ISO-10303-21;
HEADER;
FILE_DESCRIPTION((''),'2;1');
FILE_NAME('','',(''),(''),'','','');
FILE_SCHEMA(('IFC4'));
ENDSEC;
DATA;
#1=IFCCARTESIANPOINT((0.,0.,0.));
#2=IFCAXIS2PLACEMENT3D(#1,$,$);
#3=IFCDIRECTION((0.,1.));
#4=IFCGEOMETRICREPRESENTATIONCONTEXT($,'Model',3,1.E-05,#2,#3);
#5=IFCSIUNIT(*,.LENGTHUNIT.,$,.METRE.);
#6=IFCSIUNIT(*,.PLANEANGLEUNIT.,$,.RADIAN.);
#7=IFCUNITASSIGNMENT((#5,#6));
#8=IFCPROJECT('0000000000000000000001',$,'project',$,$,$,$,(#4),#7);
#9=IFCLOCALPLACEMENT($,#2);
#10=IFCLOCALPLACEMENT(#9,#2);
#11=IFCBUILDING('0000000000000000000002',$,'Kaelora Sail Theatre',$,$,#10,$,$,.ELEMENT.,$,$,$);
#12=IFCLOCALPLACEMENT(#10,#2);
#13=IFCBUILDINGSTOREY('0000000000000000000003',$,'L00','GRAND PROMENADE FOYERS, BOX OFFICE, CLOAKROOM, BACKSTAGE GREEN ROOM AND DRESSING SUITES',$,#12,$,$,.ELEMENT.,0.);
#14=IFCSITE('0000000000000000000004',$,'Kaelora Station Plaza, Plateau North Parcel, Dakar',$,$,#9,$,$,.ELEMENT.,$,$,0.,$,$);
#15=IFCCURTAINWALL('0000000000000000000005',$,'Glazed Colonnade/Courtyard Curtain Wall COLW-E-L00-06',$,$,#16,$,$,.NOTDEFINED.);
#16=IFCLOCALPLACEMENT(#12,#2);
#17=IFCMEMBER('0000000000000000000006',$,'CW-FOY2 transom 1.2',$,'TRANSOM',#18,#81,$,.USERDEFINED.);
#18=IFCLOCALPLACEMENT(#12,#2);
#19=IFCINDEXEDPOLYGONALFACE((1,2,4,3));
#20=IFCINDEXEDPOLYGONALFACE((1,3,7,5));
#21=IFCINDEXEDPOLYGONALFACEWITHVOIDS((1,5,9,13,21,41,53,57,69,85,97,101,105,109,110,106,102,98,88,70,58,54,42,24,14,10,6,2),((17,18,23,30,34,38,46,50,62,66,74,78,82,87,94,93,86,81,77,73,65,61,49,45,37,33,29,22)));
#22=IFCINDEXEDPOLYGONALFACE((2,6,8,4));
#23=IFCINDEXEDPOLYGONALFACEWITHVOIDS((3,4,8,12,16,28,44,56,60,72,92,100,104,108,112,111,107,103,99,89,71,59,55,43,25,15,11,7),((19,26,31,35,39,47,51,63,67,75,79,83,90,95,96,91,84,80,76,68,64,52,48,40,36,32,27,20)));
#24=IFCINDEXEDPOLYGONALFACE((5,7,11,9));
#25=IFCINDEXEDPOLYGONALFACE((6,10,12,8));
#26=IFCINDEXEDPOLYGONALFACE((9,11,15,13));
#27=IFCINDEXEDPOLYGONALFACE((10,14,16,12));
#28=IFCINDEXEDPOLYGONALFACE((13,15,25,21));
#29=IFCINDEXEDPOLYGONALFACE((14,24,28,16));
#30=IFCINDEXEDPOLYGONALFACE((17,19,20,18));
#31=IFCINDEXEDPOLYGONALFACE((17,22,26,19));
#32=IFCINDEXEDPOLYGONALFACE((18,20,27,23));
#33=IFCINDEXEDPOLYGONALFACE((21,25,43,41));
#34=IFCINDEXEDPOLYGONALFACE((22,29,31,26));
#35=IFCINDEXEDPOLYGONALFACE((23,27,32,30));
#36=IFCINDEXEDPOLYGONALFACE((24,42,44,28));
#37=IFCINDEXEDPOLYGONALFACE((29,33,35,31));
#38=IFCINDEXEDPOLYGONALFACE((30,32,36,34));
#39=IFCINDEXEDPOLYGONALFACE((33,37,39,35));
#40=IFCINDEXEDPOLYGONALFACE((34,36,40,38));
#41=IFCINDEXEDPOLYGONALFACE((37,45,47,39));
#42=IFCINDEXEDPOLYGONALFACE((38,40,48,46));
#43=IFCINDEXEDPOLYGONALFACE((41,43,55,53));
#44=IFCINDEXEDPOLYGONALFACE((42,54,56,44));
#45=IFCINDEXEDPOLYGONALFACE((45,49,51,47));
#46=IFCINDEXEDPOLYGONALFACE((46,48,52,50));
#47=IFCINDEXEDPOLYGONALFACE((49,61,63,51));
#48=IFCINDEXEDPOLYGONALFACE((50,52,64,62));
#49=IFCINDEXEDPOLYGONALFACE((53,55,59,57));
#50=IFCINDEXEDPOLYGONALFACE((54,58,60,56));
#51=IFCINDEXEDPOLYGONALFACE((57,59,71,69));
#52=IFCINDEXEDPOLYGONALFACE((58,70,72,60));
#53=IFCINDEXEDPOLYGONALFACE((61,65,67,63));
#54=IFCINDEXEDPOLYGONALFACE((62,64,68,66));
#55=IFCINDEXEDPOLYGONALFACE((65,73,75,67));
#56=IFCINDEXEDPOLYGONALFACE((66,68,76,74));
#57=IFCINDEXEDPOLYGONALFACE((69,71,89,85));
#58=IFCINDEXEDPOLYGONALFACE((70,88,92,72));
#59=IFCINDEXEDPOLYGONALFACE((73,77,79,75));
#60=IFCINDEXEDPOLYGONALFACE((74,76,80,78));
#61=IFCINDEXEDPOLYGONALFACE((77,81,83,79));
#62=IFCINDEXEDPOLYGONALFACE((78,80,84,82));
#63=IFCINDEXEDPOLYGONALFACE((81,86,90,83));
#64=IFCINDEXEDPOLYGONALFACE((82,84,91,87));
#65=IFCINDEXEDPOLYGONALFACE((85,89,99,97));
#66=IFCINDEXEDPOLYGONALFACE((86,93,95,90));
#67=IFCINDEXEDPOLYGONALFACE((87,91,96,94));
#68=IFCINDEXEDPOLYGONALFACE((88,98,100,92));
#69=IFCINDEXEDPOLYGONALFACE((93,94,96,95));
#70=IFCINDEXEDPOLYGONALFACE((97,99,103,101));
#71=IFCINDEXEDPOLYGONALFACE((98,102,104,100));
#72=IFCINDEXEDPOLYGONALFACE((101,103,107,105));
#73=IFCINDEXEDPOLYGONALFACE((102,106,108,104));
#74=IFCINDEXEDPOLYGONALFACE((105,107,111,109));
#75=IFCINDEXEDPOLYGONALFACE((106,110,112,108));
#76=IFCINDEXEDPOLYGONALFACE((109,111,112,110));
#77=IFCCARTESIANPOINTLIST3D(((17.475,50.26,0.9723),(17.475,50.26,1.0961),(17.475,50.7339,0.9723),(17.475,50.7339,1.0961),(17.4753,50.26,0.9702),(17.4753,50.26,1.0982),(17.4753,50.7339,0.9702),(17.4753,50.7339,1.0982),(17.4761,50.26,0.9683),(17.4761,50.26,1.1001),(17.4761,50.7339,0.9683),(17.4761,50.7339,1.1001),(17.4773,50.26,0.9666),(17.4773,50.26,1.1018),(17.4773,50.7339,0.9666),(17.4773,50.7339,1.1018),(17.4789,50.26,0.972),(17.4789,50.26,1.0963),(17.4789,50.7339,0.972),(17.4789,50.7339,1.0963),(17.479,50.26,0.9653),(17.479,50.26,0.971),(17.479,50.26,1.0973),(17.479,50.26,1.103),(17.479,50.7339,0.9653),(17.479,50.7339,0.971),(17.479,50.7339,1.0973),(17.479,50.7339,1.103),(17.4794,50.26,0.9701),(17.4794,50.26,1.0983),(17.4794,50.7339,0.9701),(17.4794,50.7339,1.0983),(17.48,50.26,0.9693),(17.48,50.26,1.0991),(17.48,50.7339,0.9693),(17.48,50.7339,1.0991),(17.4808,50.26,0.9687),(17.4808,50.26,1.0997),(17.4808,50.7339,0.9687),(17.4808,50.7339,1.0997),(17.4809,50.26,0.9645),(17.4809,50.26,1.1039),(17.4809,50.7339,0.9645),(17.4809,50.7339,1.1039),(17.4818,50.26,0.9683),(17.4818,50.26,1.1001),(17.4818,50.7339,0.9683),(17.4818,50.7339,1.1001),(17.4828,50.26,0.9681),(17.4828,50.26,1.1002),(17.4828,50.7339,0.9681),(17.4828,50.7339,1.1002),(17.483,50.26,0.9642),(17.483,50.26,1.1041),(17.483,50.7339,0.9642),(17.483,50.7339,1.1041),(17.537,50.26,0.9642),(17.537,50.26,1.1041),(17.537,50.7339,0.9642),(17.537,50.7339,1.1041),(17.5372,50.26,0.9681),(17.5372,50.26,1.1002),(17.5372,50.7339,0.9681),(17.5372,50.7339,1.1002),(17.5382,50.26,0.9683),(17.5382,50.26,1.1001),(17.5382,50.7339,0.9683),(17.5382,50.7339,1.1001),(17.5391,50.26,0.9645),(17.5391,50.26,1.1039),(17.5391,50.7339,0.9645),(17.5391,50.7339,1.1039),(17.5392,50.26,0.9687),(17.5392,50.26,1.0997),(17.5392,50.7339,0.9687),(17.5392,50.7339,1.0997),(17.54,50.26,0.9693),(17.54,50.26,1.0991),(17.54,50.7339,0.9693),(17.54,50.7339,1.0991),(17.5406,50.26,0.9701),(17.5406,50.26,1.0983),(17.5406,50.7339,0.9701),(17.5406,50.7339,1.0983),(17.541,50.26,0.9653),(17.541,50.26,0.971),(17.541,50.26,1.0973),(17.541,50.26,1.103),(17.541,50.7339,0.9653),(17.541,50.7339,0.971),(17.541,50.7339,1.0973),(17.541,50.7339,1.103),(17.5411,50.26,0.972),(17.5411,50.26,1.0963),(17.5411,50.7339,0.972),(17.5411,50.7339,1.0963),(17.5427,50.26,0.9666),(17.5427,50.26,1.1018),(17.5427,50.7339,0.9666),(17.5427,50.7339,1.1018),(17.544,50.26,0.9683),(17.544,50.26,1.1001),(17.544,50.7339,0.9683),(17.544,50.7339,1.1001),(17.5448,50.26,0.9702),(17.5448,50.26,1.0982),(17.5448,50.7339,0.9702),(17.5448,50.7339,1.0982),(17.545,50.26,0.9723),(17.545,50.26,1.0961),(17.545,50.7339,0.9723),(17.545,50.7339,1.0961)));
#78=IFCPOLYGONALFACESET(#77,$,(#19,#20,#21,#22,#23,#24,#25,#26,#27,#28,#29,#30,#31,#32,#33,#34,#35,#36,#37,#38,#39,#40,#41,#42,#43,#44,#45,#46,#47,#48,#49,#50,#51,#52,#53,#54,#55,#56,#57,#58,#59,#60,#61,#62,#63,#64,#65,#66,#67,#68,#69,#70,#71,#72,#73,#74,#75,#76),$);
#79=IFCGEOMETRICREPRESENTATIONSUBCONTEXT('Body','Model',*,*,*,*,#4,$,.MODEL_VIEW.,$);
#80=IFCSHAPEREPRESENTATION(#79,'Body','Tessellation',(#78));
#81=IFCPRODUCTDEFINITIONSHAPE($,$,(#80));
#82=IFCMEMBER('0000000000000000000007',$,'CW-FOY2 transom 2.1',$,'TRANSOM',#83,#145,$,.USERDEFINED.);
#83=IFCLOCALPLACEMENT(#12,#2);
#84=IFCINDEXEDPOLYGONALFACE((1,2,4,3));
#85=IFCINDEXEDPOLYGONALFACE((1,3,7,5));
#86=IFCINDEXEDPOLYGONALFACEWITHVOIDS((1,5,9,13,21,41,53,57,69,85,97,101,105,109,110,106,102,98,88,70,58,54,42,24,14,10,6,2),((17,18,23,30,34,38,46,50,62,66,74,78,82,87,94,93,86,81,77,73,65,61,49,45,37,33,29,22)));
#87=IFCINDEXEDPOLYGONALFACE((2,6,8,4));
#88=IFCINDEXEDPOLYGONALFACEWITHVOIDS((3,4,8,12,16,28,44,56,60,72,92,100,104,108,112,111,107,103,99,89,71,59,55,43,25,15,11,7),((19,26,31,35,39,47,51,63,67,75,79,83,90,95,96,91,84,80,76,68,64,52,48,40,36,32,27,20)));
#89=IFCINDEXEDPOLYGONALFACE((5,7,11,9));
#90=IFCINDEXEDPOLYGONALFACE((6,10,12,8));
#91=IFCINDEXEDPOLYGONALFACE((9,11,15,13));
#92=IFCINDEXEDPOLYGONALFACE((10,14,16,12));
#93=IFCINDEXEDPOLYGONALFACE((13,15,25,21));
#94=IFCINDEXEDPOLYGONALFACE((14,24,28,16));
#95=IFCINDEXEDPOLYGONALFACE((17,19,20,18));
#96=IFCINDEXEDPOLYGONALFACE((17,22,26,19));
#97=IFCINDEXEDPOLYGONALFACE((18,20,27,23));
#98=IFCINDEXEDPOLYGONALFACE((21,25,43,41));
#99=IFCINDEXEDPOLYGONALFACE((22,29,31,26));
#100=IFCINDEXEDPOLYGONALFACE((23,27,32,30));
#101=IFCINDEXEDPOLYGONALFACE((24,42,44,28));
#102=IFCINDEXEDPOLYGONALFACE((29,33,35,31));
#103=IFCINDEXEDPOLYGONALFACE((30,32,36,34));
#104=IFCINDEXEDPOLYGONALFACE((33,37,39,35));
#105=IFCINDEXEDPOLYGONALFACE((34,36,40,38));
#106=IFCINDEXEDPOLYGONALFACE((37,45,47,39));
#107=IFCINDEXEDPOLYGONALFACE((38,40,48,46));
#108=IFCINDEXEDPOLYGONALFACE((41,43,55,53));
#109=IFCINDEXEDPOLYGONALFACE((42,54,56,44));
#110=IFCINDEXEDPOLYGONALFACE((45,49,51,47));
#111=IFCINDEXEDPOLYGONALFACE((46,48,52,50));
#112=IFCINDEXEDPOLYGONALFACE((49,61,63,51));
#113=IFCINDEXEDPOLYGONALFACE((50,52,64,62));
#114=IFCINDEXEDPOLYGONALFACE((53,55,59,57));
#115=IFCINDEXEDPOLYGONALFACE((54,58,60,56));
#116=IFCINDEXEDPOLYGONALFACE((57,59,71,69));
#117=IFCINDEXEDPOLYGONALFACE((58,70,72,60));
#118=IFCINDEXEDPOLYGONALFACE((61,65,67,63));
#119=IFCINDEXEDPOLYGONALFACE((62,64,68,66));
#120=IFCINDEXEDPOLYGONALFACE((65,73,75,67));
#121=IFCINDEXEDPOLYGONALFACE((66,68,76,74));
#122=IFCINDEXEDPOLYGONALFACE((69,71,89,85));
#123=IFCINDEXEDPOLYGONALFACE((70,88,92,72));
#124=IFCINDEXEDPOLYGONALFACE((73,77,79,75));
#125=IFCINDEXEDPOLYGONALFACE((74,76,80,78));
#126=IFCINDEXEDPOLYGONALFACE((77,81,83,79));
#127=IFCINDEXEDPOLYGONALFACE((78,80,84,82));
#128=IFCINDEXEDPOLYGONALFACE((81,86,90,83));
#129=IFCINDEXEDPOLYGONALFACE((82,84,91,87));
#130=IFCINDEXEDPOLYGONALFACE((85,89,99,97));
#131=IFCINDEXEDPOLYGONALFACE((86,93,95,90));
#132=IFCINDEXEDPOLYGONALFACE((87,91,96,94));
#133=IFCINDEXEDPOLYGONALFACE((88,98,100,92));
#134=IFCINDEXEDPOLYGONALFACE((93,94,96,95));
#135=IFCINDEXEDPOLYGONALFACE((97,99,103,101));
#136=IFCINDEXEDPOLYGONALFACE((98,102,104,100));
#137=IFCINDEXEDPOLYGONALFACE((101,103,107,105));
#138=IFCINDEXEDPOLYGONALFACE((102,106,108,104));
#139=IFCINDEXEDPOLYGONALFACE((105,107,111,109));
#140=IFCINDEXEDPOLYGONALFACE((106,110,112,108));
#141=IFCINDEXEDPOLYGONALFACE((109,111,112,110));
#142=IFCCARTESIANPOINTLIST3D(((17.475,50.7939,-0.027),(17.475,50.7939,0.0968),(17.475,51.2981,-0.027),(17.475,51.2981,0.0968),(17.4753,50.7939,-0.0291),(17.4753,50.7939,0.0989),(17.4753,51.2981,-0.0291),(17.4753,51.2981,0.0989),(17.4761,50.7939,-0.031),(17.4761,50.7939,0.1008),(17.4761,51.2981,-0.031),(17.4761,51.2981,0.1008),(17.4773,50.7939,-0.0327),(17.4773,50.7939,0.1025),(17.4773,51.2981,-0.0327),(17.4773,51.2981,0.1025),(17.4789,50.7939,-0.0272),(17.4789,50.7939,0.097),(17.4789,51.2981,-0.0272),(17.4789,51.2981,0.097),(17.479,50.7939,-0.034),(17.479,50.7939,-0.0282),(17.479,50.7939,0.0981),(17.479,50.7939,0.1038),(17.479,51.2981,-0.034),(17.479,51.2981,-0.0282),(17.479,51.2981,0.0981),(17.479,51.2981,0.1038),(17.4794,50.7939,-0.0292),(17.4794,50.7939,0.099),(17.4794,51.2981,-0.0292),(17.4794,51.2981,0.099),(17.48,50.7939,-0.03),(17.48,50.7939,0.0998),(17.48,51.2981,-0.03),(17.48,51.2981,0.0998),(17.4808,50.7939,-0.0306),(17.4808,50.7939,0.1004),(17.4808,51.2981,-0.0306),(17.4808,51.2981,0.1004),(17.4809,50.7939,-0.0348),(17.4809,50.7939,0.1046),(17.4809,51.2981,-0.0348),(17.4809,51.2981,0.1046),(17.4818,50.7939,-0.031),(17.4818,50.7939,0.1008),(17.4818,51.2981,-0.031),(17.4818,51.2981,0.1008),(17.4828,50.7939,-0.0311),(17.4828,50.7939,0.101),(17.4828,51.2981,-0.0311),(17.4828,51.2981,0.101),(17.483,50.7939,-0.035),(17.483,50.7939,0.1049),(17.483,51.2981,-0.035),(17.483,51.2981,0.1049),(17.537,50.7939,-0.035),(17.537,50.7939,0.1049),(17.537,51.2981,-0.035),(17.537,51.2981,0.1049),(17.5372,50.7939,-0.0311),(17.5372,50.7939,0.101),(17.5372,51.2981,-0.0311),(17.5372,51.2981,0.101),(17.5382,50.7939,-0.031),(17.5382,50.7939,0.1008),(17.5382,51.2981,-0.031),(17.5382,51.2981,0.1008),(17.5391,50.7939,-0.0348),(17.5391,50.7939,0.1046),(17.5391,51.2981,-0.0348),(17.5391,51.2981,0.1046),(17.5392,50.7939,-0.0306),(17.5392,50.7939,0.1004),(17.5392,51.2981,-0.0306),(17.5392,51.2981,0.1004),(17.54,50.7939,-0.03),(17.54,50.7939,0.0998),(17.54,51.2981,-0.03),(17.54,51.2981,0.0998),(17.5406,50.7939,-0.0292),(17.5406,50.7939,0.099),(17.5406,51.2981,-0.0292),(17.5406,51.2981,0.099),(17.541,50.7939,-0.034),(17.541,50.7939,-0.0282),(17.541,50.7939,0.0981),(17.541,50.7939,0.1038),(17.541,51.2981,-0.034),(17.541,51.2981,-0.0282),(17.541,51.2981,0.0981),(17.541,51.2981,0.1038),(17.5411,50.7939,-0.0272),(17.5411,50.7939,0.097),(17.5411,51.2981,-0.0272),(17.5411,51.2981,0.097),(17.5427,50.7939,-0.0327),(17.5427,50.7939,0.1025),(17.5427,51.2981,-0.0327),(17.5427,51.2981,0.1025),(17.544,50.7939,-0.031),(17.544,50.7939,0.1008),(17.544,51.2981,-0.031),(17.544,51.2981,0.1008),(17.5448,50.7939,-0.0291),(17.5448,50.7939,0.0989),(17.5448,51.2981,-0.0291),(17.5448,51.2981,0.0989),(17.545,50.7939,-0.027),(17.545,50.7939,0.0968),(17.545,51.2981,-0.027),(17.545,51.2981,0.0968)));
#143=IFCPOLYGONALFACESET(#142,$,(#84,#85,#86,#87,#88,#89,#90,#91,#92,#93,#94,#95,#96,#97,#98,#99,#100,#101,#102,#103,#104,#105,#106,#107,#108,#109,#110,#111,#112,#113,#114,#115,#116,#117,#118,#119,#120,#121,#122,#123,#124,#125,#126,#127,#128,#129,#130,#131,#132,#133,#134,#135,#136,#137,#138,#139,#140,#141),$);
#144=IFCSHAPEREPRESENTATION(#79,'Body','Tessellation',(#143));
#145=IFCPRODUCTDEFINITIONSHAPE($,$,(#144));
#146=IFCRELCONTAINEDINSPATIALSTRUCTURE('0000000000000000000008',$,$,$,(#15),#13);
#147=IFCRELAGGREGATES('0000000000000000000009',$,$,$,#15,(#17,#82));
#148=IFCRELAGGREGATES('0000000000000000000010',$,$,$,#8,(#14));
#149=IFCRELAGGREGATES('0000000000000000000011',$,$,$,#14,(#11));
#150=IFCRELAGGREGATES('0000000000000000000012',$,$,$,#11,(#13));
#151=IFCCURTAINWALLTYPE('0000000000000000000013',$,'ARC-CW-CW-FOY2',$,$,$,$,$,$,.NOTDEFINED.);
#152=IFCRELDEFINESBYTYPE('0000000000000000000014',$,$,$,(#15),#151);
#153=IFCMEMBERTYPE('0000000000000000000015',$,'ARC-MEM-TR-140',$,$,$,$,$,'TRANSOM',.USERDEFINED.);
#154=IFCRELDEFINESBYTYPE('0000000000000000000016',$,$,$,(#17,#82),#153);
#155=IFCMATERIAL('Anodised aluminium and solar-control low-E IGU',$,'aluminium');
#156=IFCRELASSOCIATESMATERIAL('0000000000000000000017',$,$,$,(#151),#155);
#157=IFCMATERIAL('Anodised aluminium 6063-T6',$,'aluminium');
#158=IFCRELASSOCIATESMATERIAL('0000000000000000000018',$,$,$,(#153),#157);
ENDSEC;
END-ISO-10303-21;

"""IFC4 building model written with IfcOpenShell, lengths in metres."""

from ifc_helpers import new_model, si_unit, direction, frame, origin, origin_2d, place, context, subcontext, project, spatial, hollow_rectangle, extrude, material, material_profile, profile_set, type_object, element, aggregate, save


model = new_model("IFC4")

# Units and contexts
model_context = context("Model", 3, precision=1e-05, world=origin(), true_north=direction((0.0, 1.0)))
body_context = subcontext(model_context, "Body", "Model", "MODEL_VIEW")
ifc_project = project(units=[si_unit("LENGTHUNIT", "METRE"), si_unit("PLANEANGLEUNIT", "RADIAN")], contexts=[model_context])

# Site, building, storey
site_placement = place(None, origin())
site = spatial("IfcSite", under=ifc_project, at=site_placement, Name="Kaelora Station Plaza, Plateau North Parcel, Dakar", CompositionType="ELEMENT", RefElevation=0.0)
building_placement = place(site_placement, origin())
building = spatial("IfcBuilding", under=site, at=building_placement, Name="Kaelora Sail Theatre", CompositionType="ELEMENT")
storey_placement = place(building_placement, origin())
storey = spatial("IfcBuildingStorey", under=building, at=storey_placement, Name="L00", Description="GRAND PROMENADE FOYERS, BOX OFFICE, CLOAKROOM, BACKSTAGE GREEN ROOM AND DRESSING SUITES", CompositionType="ELEMENT", Elevation=0.0)

# Curtain wall
ifc_material_1 = material(Name="Anodised aluminium and solar-control low-E IGU", Category="aluminium")
curtain_wall_type = type_object("IfcCurtainWallType", Name="ARC-CW-CW-FOY2", PredefinedType="NOTDEFINED", material=ifc_material_1)
curtain_wall_1_placement = place(storey_placement, origin())
curtain_wall_1 = element("IfcCurtainWall", 1, at=curtain_wall_1_placement, inside=storey, type_object=curtain_wall_type, Name="Glazed Colonnade/Courtyard Curtain Wall COLW-E-L00-06", PredefinedType="NOTDEFINED")

# Members
ifc_material_2 = material(Name="Anodised aluminium 6063-T6", Category="aluminium")
ifc_material_profile_1 = material_profile(ifc_material_2, hollow_rectangle(XDim=0.0701, YDim=0.1399, WallThickness=0.0039, InnerFilletRadius=0.0039, OuterFilletRadius=0.0081, at=origin_2d()), Name="ALU-TRAN 70x140x4")
ifc_profile_set_1 = profile_set([ifc_material_profile_1], Name="Anodised aluminium 6063-T6")
member_type_1 = type_object("IfcMemberType", Name="ARC-MEM-TR-140", ElementType="TRANSOM", PredefinedType="USERDEFINED", material=ifc_profile_set_1)
member_1_placement = place(storey_placement, frame((17.51, 50.26, 1.0342), z_axis=(0.0, 1.0, 0.0), x_axis=(-1.0, 0.0, 0.0)))
member_1 = element("IfcMember", 2, at=member_1_placement, type_object=member_type_1, Name="CW-FOY2 transom 1.2", ObjectType="TRANSOM", PredefinedType="USERDEFINED", context=body_context, shape_type="SweptSolid", body=[
    extrude(hollow_rectangle(XDim=0.0701, YDim=0.1399, WallThickness=0.0039, InnerFilletRadius=0.0039, OuterFilletRadius=0.0081, at=origin_2d()), origin(), (0.0, 0.0, 1.0), 0.4739),
])
member_2_placement = place(storey_placement, frame((17.51, 50.7939, 0.0349), z_axis=(0.0, 1.0, 0.0), x_axis=(-1.0, 0.0, 0.0)))
member_2 = element("IfcMember", 3, at=member_2_placement, type_object=member_type_1, Name="CW-FOY2 transom 2.1", ObjectType="TRANSOM", PredefinedType="USERDEFINED", context=body_context, shape_type="SweptSolid", body=[
    extrude(hollow_rectangle(XDim=0.0701, YDim=0.1399, WallThickness=0.0039, InnerFilletRadius=0.0039, OuterFilletRadius=0.0081, at=origin_2d()), origin(), (0.0, 0.0, 1.0), 0.5042),
])

aggregate(curtain_wall_1, [member_1, member_2])

save(model, "model.ifc")
